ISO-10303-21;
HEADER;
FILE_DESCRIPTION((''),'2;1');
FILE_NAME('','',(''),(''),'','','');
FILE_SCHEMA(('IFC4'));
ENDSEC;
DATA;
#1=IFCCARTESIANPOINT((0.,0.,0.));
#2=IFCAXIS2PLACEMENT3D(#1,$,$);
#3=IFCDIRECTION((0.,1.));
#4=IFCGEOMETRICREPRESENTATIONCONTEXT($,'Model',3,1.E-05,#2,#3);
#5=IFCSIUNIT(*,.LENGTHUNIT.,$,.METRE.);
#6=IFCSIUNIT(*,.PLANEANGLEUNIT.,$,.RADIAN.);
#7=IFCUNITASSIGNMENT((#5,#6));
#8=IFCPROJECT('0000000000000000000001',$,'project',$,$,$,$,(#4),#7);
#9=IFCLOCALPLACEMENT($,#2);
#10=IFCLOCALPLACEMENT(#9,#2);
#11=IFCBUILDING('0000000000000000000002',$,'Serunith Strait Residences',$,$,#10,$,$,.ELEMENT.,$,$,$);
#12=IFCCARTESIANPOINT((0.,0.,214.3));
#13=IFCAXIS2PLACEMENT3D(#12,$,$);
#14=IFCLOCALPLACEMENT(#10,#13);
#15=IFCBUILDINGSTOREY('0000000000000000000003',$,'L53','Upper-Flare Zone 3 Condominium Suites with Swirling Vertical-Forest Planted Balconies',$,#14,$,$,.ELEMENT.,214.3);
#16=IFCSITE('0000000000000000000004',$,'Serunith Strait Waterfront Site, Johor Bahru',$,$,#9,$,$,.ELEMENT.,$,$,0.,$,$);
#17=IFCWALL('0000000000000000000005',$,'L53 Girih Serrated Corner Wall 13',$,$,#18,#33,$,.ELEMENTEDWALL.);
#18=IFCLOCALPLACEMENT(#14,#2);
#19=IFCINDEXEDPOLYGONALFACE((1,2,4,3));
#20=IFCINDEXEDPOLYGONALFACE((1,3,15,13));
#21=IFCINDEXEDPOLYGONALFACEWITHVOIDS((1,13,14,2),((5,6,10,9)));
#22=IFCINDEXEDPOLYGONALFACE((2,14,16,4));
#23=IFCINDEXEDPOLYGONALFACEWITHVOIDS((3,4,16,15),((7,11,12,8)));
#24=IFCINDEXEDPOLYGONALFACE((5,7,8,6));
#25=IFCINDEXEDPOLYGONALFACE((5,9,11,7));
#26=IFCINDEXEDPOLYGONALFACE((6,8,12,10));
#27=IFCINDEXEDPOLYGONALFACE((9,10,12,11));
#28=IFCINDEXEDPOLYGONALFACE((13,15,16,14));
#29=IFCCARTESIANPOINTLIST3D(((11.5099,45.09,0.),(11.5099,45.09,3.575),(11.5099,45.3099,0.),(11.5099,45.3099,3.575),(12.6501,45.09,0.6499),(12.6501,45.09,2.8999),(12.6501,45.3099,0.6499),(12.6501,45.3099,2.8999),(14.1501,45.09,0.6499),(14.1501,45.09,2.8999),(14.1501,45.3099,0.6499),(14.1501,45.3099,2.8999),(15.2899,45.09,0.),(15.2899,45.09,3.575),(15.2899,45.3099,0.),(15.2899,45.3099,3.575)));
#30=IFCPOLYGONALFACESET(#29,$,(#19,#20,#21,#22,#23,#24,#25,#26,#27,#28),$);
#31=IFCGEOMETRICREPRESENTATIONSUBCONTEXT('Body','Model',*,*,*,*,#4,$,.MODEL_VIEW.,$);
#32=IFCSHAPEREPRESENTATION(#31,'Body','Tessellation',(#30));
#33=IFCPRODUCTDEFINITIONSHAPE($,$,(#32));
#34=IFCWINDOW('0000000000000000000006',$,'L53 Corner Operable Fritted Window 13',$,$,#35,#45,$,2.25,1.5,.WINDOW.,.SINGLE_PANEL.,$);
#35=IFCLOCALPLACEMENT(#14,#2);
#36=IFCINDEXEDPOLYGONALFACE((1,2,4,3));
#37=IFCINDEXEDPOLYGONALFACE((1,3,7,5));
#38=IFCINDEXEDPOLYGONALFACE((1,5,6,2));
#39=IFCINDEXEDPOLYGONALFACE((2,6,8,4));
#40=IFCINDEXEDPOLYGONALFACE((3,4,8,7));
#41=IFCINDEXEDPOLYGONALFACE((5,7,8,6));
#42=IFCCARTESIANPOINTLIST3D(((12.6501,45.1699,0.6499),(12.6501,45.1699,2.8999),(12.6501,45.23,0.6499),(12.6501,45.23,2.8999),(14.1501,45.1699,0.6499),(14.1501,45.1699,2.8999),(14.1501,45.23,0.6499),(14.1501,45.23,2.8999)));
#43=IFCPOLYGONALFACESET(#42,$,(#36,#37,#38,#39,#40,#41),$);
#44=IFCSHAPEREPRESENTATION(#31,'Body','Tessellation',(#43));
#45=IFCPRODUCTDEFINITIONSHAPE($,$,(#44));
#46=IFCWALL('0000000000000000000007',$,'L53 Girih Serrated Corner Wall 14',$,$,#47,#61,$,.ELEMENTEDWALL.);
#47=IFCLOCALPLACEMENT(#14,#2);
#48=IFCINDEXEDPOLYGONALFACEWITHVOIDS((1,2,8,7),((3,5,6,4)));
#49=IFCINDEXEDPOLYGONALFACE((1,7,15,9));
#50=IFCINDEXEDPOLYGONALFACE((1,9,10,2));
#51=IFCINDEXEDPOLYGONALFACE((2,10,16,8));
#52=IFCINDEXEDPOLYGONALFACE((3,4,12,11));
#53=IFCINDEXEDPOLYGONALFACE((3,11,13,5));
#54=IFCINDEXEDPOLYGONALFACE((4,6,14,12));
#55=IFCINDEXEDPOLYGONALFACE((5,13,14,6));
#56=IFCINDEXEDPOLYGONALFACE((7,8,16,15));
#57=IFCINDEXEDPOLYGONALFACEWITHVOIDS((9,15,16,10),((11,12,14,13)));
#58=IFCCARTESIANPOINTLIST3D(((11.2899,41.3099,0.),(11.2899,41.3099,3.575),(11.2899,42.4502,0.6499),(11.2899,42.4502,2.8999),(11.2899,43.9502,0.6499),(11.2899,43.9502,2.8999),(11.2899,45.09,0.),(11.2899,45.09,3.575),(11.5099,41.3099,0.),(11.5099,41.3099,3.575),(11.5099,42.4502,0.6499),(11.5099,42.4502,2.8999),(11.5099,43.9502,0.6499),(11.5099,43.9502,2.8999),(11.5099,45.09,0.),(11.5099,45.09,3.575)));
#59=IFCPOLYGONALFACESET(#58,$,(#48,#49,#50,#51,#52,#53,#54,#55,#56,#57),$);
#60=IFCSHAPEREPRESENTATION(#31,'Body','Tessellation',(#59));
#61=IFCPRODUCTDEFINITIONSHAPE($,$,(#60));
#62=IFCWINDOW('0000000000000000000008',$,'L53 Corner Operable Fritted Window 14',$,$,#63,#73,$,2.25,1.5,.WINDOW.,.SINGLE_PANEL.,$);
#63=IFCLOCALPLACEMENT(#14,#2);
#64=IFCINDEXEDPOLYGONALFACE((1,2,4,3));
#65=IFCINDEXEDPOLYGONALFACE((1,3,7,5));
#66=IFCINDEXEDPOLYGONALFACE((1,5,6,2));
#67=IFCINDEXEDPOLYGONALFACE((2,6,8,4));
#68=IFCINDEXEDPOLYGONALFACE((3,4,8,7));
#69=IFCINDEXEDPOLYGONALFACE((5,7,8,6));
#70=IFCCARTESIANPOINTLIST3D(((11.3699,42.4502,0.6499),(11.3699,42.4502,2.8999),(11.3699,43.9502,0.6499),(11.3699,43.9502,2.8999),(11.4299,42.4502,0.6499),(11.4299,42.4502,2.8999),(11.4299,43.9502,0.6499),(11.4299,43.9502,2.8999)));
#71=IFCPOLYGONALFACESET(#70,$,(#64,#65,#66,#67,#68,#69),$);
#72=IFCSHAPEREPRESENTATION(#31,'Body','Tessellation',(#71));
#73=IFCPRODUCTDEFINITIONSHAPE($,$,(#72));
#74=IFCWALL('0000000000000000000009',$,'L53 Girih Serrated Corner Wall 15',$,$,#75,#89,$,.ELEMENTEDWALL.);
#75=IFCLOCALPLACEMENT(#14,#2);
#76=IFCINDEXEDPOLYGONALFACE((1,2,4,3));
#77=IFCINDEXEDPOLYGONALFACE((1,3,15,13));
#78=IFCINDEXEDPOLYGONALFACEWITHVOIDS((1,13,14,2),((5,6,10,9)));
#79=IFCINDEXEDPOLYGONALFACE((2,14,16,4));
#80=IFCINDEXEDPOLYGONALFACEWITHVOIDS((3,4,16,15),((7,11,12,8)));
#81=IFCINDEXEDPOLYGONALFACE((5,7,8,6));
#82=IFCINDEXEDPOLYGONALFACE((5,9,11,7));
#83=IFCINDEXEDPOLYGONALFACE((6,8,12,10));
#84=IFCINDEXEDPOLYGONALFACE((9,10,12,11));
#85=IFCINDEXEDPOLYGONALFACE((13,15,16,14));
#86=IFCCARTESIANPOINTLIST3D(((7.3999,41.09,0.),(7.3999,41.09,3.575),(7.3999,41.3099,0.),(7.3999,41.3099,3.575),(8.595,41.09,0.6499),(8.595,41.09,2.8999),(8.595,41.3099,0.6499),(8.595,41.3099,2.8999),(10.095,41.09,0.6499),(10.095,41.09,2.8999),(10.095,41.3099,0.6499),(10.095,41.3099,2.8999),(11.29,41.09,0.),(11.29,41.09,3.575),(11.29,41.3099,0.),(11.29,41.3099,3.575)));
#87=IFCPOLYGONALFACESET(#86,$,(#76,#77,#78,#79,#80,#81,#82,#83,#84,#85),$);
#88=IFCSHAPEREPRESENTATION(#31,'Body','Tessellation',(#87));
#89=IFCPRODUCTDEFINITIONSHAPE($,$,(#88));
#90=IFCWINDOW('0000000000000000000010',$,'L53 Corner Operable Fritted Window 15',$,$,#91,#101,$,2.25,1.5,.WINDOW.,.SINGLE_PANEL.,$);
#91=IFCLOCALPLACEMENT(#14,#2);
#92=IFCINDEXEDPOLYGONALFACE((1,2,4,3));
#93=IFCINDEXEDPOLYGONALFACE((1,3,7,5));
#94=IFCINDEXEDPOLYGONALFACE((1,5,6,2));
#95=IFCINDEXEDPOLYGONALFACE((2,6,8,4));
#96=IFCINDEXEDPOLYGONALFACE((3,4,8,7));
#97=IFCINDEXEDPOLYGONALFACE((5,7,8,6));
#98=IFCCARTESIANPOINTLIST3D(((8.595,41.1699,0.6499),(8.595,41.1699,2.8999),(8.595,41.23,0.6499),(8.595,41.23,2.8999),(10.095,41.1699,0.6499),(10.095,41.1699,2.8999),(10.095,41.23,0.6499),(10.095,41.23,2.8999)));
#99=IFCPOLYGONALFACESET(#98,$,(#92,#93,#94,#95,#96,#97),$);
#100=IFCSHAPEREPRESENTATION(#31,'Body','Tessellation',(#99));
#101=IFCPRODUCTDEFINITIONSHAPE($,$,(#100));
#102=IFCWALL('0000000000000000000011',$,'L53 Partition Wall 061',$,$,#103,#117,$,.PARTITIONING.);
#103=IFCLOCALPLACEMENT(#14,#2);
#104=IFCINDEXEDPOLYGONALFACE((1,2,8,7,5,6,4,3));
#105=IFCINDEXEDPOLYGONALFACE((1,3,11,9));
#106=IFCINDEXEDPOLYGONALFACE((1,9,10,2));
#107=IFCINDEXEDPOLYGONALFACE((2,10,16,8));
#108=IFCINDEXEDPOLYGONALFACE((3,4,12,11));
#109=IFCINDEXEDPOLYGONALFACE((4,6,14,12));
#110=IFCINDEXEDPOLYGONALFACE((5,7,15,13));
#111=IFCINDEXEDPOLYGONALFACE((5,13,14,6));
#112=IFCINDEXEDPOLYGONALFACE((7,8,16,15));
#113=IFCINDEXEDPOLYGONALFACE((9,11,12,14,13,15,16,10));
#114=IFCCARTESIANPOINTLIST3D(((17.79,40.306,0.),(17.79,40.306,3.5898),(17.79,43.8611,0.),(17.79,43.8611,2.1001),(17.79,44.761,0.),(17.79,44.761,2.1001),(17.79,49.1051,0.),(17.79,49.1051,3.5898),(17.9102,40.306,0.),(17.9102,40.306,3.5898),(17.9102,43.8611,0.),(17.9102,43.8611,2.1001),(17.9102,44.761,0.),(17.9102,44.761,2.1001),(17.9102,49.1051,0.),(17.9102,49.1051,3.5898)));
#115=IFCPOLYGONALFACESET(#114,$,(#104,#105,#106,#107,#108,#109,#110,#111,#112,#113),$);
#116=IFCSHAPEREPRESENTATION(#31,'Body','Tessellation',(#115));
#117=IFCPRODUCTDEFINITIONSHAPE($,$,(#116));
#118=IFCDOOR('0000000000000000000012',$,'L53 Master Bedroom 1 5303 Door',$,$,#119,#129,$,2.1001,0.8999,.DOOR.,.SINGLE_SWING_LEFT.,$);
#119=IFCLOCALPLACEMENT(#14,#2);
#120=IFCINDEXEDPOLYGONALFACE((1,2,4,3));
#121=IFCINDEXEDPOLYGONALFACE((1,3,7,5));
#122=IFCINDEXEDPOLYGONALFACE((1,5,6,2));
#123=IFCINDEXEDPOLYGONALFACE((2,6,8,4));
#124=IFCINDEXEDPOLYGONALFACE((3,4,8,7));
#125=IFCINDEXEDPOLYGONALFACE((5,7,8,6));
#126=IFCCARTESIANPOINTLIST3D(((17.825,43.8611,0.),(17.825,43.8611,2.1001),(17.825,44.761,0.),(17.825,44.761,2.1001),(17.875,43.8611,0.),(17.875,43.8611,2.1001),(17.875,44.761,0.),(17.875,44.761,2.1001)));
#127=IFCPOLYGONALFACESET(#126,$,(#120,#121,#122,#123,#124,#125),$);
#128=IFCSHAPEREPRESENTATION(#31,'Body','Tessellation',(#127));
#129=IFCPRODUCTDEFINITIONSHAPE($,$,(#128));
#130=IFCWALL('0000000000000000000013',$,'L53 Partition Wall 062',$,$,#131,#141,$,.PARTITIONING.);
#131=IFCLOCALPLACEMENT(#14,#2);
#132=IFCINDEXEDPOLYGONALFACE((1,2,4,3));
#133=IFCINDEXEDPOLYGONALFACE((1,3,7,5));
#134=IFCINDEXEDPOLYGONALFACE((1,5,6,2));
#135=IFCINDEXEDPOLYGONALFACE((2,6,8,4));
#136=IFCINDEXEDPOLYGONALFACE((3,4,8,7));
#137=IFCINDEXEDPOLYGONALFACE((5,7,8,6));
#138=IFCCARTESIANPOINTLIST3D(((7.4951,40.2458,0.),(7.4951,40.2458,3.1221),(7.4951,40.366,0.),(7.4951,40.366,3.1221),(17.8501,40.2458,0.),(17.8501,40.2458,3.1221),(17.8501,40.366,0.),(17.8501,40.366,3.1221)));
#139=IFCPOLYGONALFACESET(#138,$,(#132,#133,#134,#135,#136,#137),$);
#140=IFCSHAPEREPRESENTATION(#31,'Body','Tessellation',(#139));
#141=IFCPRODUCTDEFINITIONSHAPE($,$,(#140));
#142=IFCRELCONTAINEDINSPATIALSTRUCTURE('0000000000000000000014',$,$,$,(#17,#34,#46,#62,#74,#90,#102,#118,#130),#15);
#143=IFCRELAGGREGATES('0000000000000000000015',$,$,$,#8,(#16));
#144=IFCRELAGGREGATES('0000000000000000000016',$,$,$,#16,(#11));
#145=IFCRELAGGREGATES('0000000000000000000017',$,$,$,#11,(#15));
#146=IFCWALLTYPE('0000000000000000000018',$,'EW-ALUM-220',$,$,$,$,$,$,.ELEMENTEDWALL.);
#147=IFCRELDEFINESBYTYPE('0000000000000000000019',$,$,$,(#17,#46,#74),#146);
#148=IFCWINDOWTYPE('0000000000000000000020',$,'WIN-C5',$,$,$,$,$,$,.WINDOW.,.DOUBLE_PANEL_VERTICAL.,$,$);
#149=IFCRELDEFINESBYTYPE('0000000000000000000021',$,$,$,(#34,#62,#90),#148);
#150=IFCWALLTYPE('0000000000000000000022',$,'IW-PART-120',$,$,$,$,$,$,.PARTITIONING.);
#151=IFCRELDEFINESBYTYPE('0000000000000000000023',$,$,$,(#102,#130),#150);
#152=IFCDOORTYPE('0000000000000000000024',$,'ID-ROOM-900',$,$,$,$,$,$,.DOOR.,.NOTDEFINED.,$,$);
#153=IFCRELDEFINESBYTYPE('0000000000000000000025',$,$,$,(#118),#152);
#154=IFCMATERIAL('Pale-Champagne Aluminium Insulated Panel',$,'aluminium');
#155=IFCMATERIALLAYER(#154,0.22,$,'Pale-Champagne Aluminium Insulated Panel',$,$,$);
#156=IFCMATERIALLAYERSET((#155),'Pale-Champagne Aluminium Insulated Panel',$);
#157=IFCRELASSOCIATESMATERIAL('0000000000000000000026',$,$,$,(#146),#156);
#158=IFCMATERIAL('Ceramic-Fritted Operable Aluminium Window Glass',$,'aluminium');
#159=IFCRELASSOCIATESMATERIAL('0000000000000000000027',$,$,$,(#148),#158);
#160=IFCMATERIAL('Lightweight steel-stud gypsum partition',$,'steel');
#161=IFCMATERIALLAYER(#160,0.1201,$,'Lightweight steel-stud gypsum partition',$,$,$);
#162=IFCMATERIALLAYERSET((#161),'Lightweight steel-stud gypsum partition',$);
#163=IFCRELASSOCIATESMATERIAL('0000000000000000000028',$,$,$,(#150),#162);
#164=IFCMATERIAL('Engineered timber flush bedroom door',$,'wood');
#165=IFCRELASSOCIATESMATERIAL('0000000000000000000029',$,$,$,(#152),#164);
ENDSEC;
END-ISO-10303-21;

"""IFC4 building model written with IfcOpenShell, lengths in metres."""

from ifc_helpers import new_model, si_unit, direction, frame, frame_2d, origin, place, context, subcontext, project, spatial, rectangle, extrude, source, transform, mapped, material, layer, layer_set, type_object, element, fill, save


model = new_model("IFC4")

# Units and contexts
model_context = context("Model", 3, precision=1e-05, world=origin(), true_north=direction((0.0, 1.0)))
body_context = subcontext(model_context, "Body", "Model", "MODEL_VIEW")
ifc_project = project(units=[si_unit("LENGTHUNIT", "METRE"), si_unit("PLANEANGLEUNIT", "RADIAN")], contexts=[model_context])

# Site, building, storey
site_placement = place(None, origin())
site = spatial("IfcSite", under=ifc_project, at=site_placement, Name="Serunith Strait Waterfront Site, Johor Bahru", CompositionType="ELEMENT", RefElevation=0.0)
building_placement = place(site_placement, origin())
building = spatial("IfcBuilding", under=site, at=building_placement, Name="Serunith Strait Residences", CompositionType="ELEMENT")
storey_placement = place(building_placement, frame((0.0, 0.0, 214.3)))
storey = spatial("IfcBuildingStorey", under=building, at=storey_placement, Name="L53", Description="Upper-Flare Zone 3 Condominium Suites with Swirling Vertical-Forest Planted Balconies", CompositionType="ELEMENT", Elevation=214.3)

# Walls, openings, windows
ifc_material_1 = material(Name="Pale-Champagne Aluminium Insulated Panel", Category="aluminium")
ifc_layer_1 = layer(ifc_material_1, 0.22, Name="Pale-Champagne Aluminium Insulated Panel")
ifc_layer_set_1 = layer_set([ifc_layer_1], Name="Pale-Champagne Aluminium Insulated Panel")
wall_type_1 = type_object("IfcWallType", Name="EW-ALUM-220", PredefinedType="ELEMENTEDWALL", material=ifc_layer_set_1)
ifc_material_2 = material(Name="Ceramic-Fritted Operable Aluminium Window Glass", Category="aluminium")
window_type = type_object("IfcWindowType", Name="WIN-C5", PartitioningType="DOUBLE_PANEL_VERTICAL", PredefinedType="WINDOW", material=ifc_material_2)
shared_shape_1 = source(origin(), body_context, "Body", "SweptSolid", [
    extrude(rectangle(XDim=1.5, YDim=2.25, at=frame_2d((0.75, 1.125))), frame((0.0, 0.03, 0.0), z_axis=(0.0, -1.0, 0.0), x_axis=(1.0, 0.0, 0.0)), (0.0, 0.0, 1.0), 0.0601),
])
wall_1_placement = place(storey_placement, frame((15.29, 45.2, 0.0), z_axis=(0.0, 0.0, 1.0), x_axis=(-1.0, 0.0, 0.0)))
wall_1 = element("IfcWall", 1, at=wall_1_placement, inside=storey, type_object=wall_type_1, Name="L53 Girih Serrated Corner Wall 13", PredefinedType="ELEMENTEDWALL", context=body_context, shape_type="SweptSolid", body=[
    extrude(rectangle(XDim=3.78, YDim=0.22, at=frame_2d((1.8901, 0.0))), origin(), (0.0, 0.0, 1.0), 3.575),
])
opening_1_placement = place(wall_1_placement, frame((1.1399, 0.0, 0.6499)))
opening_1 = element("IfcOpeningElement", 2, at=opening_1_placement, cuts=wall_1, PredefinedType="OPENING", context=body_context, shape_type="SweptSolid", body=[
    extrude(rectangle(XDim=1.5, YDim=2.25, at=frame_2d((0.75, 1.125))), frame((0.0, 0.1201, 0.0), z_axis=(0.0, -1.0, 0.0), x_axis=(1.0, 0.0, 0.0)), (0.0, 0.0, 1.0), 0.24),
])
window_1_placement = place(opening_1_placement, origin())
window_1 = element("IfcWindow", 3, at=window_1_placement, inside=storey, type_object=window_type, Name="L53 Corner Operable Fritted Window 13", OverallHeight=2.25, OverallWidth=1.5, PartitioningType="SINGLE_PANEL", PredefinedType="WINDOW", context=body_context, shape_type="MappedRepresentation", body=[
    mapped(shared_shape_1, transform((0.0, 0.0, 0.0), scale=1.0)),
])
fill(opening_1, window_1)
wall_2_placement = place(storey_placement, frame((11.3999, 45.0901, 0.0), z_axis=(0.0, 0.0, 1.0), x_axis=(0.0, -1.0, 0.0)))
wall_2 = element("IfcWall", 4, at=wall_2_placement, inside=storey, type_object=wall_type_1, Name="L53 Girih Serrated Corner Wall 14", PredefinedType="ELEMENTEDWALL", context=body_context, shape_type="SweptSolid", body=[
    extrude(rectangle(XDim=3.78, YDim=0.22, at=frame_2d((1.8901, 0.0))), origin(), (0.0, 0.0, 1.0), 3.575),
])
opening_2_placement = place(wall_2_placement, frame((1.1399, 0.0, 0.6499)))
opening_2 = element("IfcOpeningElement", 5, at=opening_2_placement, cuts=wall_2, PredefinedType="OPENING", context=body_context, shape_type="SweptSolid", body=[
    extrude(rectangle(XDim=1.5, YDim=2.25, at=frame_2d((0.75, 1.125))), frame((0.0, 0.1201, 0.0), z_axis=(0.0, -1.0, 0.0), x_axis=(1.0, 0.0, 0.0)), (0.0, 0.0, 1.0), 0.24),
])
window_2_placement = place(opening_2_placement, origin())
window_2 = element("IfcWindow", 6, at=window_2_placement, inside=storey, type_object=window_type, Name="L53 Corner Operable Fritted Window 14", OverallHeight=2.25, OverallWidth=1.5, PartitioningType="SINGLE_PANEL", PredefinedType="WINDOW", context=body_context, shape_type="MappedRepresentation", body=[
    mapped(shared_shape_1, transform((0.0, 0.0, 0.0), scale=1.0)),
])
fill(opening_2, window_2)
wall_3_placement = place(storey_placement, frame((11.29, 41.2, 0.0), z_axis=(0.0, 0.0, 1.0), x_axis=(-1.0, 0.0, 0.0)))
wall_3 = element("IfcWall", 7, at=wall_3_placement, inside=storey, type_object=wall_type_1, Name="L53 Girih Serrated Corner Wall 15", PredefinedType="ELEMENTEDWALL", context=body_context, shape_type="SweptSolid", body=[
    extrude(rectangle(XDim=3.8901, YDim=0.22, at=frame_2d((1.9451, 0.0))), origin(), (0.0, 0.0, 1.0), 3.575),
])
opening_3_placement = place(wall_3_placement, frame((1.1951, 0.0, 0.6499)))
opening_3 = element("IfcOpeningElement", 8, at=opening_3_placement, cuts=wall_3, PredefinedType="OPENING", context=body_context, shape_type="SweptSolid", body=[
    extrude(rectangle(XDim=1.5, YDim=2.25, at=frame_2d((0.75, 1.125))), frame((0.0, 0.1201, 0.0), z_axis=(0.0, -1.0, 0.0), x_axis=(1.0, 0.0, 0.0)), (0.0, 0.0, 1.0), 0.24),
])
window_3_placement = place(opening_3_placement, origin())
window_3 = element("IfcWindow", 9, at=window_3_placement, inside=storey, type_object=window_type, Name="L53 Corner Operable Fritted Window 15", OverallHeight=2.25, OverallWidth=1.5, PartitioningType="SINGLE_PANEL", PredefinedType="WINDOW", context=body_context, shape_type="MappedRepresentation", body=[
    mapped(shared_shape_1, transform((0.0, 0.0, 0.0), scale=1.0)),
])
fill(opening_3, window_3)

# Wall, opening, door
ifc_material_3 = material(Name="Lightweight steel-stud gypsum partition", Category="steel")
ifc_layer_2 = layer(ifc_material_3, 0.1201, Name="Lightweight steel-stud gypsum partition")
ifc_layer_set_2 = layer_set([ifc_layer_2], Name="Lightweight steel-stud gypsum partition")
wall_type_2 = type_object("IfcWallType", Name="IW-PART-120", PredefinedType="PARTITIONING", material=ifc_layer_set_2)
wall_4_placement = place(storey_placement, frame((17.8501, 49.105, 0.0), z_axis=(0.0, 0.0, 1.0), x_axis=(0.0, -1.0, 0.0)))
wall_4 = element("IfcWall", 10, at=wall_4_placement, inside=storey, type_object=wall_type_2, Name="L53 Partition Wall 061", PredefinedType="PARTITIONING", context=body_context, shape_type="SweptSolid", body=[
    extrude(rectangle(XDim=8.7991, YDim=0.1201, at=frame_2d((4.3994, 0.0))), origin(), (0.0, 0.0, 1.0), 3.5898),
])
opening_4_placement = place(wall_4_placement, frame((4.344, 0.0, 0.0)))
opening_4 = element("IfcOpeningElement", 11, at=opening_4_placement, cuts=wall_4, PredefinedType="OPENING", context=body_context, shape_type="SweptSolid", body=[
    extrude(rectangle(XDim=0.8999, YDim=2.1001, at=frame_2d((0.45, 1.05))), frame((0.0, 0.0701, 0.0), z_axis=(0.0, -1.0, 0.0), x_axis=(1.0, 0.0, 0.0)), (0.0, 0.0, 1.0), 0.1401),
])
ifc_material_4 = material(Name="Engineered timber flush bedroom door", Category="wood")
door_type_1 = type_object("IfcDoorType", Name="ID-ROOM-900", OperationType="NOTDEFINED", PredefinedType="DOOR", material=ifc_material_4)
shared_shape_2 = source(origin(), body_context, "Body", "SweptSolid", [
    extrude(rectangle(XDim=0.8999, YDim=2.1001, at=frame_2d((0.45, 1.05))), frame((0.0, 0.0249, 0.0), z_axis=(0.0, -1.0, 0.0), x_axis=(1.0, 0.0, 0.0)), (0.0, 0.0, 1.0), 0.05),
])
door_1_placement = place(opening_4_placement, origin())
door_1 = element("IfcDoor", 12, at=door_1_placement, inside=storey, type_object=door_type_1, Name="L53 Master Bedroom 1 5303 Door", OperationType="SINGLE_SWING_LEFT", OverallHeight=2.1001, OverallWidth=0.8999, PredefinedType="DOOR", context=body_context, shape_type="MappedRepresentation", body=[
    mapped(shared_shape_2, transform((0.0, 0.0, 0.0), scale=1.0)),
])
fill(opening_4, door_1)

# Wall
wall_5_placement = place(storey_placement, frame((7.4951, 40.3059, 0.0), z_axis=(0.0, 0.0, 1.0), x_axis=(1.0, 0.0, 0.0)))
element("IfcWall", 13, at=wall_5_placement, inside=storey, type_object=wall_type_2, Name="L53 Partition Wall 062", PredefinedType="PARTITIONING", context=body_context, shape_type="SweptSolid", body=[
    extrude(rectangle(XDim=10.355, YDim=0.1201, at=frame_2d((5.1775, 0.0))), origin(), (0.0, 0.0, 1.0), 3.1221),
])

save(model, "model.ifc")
